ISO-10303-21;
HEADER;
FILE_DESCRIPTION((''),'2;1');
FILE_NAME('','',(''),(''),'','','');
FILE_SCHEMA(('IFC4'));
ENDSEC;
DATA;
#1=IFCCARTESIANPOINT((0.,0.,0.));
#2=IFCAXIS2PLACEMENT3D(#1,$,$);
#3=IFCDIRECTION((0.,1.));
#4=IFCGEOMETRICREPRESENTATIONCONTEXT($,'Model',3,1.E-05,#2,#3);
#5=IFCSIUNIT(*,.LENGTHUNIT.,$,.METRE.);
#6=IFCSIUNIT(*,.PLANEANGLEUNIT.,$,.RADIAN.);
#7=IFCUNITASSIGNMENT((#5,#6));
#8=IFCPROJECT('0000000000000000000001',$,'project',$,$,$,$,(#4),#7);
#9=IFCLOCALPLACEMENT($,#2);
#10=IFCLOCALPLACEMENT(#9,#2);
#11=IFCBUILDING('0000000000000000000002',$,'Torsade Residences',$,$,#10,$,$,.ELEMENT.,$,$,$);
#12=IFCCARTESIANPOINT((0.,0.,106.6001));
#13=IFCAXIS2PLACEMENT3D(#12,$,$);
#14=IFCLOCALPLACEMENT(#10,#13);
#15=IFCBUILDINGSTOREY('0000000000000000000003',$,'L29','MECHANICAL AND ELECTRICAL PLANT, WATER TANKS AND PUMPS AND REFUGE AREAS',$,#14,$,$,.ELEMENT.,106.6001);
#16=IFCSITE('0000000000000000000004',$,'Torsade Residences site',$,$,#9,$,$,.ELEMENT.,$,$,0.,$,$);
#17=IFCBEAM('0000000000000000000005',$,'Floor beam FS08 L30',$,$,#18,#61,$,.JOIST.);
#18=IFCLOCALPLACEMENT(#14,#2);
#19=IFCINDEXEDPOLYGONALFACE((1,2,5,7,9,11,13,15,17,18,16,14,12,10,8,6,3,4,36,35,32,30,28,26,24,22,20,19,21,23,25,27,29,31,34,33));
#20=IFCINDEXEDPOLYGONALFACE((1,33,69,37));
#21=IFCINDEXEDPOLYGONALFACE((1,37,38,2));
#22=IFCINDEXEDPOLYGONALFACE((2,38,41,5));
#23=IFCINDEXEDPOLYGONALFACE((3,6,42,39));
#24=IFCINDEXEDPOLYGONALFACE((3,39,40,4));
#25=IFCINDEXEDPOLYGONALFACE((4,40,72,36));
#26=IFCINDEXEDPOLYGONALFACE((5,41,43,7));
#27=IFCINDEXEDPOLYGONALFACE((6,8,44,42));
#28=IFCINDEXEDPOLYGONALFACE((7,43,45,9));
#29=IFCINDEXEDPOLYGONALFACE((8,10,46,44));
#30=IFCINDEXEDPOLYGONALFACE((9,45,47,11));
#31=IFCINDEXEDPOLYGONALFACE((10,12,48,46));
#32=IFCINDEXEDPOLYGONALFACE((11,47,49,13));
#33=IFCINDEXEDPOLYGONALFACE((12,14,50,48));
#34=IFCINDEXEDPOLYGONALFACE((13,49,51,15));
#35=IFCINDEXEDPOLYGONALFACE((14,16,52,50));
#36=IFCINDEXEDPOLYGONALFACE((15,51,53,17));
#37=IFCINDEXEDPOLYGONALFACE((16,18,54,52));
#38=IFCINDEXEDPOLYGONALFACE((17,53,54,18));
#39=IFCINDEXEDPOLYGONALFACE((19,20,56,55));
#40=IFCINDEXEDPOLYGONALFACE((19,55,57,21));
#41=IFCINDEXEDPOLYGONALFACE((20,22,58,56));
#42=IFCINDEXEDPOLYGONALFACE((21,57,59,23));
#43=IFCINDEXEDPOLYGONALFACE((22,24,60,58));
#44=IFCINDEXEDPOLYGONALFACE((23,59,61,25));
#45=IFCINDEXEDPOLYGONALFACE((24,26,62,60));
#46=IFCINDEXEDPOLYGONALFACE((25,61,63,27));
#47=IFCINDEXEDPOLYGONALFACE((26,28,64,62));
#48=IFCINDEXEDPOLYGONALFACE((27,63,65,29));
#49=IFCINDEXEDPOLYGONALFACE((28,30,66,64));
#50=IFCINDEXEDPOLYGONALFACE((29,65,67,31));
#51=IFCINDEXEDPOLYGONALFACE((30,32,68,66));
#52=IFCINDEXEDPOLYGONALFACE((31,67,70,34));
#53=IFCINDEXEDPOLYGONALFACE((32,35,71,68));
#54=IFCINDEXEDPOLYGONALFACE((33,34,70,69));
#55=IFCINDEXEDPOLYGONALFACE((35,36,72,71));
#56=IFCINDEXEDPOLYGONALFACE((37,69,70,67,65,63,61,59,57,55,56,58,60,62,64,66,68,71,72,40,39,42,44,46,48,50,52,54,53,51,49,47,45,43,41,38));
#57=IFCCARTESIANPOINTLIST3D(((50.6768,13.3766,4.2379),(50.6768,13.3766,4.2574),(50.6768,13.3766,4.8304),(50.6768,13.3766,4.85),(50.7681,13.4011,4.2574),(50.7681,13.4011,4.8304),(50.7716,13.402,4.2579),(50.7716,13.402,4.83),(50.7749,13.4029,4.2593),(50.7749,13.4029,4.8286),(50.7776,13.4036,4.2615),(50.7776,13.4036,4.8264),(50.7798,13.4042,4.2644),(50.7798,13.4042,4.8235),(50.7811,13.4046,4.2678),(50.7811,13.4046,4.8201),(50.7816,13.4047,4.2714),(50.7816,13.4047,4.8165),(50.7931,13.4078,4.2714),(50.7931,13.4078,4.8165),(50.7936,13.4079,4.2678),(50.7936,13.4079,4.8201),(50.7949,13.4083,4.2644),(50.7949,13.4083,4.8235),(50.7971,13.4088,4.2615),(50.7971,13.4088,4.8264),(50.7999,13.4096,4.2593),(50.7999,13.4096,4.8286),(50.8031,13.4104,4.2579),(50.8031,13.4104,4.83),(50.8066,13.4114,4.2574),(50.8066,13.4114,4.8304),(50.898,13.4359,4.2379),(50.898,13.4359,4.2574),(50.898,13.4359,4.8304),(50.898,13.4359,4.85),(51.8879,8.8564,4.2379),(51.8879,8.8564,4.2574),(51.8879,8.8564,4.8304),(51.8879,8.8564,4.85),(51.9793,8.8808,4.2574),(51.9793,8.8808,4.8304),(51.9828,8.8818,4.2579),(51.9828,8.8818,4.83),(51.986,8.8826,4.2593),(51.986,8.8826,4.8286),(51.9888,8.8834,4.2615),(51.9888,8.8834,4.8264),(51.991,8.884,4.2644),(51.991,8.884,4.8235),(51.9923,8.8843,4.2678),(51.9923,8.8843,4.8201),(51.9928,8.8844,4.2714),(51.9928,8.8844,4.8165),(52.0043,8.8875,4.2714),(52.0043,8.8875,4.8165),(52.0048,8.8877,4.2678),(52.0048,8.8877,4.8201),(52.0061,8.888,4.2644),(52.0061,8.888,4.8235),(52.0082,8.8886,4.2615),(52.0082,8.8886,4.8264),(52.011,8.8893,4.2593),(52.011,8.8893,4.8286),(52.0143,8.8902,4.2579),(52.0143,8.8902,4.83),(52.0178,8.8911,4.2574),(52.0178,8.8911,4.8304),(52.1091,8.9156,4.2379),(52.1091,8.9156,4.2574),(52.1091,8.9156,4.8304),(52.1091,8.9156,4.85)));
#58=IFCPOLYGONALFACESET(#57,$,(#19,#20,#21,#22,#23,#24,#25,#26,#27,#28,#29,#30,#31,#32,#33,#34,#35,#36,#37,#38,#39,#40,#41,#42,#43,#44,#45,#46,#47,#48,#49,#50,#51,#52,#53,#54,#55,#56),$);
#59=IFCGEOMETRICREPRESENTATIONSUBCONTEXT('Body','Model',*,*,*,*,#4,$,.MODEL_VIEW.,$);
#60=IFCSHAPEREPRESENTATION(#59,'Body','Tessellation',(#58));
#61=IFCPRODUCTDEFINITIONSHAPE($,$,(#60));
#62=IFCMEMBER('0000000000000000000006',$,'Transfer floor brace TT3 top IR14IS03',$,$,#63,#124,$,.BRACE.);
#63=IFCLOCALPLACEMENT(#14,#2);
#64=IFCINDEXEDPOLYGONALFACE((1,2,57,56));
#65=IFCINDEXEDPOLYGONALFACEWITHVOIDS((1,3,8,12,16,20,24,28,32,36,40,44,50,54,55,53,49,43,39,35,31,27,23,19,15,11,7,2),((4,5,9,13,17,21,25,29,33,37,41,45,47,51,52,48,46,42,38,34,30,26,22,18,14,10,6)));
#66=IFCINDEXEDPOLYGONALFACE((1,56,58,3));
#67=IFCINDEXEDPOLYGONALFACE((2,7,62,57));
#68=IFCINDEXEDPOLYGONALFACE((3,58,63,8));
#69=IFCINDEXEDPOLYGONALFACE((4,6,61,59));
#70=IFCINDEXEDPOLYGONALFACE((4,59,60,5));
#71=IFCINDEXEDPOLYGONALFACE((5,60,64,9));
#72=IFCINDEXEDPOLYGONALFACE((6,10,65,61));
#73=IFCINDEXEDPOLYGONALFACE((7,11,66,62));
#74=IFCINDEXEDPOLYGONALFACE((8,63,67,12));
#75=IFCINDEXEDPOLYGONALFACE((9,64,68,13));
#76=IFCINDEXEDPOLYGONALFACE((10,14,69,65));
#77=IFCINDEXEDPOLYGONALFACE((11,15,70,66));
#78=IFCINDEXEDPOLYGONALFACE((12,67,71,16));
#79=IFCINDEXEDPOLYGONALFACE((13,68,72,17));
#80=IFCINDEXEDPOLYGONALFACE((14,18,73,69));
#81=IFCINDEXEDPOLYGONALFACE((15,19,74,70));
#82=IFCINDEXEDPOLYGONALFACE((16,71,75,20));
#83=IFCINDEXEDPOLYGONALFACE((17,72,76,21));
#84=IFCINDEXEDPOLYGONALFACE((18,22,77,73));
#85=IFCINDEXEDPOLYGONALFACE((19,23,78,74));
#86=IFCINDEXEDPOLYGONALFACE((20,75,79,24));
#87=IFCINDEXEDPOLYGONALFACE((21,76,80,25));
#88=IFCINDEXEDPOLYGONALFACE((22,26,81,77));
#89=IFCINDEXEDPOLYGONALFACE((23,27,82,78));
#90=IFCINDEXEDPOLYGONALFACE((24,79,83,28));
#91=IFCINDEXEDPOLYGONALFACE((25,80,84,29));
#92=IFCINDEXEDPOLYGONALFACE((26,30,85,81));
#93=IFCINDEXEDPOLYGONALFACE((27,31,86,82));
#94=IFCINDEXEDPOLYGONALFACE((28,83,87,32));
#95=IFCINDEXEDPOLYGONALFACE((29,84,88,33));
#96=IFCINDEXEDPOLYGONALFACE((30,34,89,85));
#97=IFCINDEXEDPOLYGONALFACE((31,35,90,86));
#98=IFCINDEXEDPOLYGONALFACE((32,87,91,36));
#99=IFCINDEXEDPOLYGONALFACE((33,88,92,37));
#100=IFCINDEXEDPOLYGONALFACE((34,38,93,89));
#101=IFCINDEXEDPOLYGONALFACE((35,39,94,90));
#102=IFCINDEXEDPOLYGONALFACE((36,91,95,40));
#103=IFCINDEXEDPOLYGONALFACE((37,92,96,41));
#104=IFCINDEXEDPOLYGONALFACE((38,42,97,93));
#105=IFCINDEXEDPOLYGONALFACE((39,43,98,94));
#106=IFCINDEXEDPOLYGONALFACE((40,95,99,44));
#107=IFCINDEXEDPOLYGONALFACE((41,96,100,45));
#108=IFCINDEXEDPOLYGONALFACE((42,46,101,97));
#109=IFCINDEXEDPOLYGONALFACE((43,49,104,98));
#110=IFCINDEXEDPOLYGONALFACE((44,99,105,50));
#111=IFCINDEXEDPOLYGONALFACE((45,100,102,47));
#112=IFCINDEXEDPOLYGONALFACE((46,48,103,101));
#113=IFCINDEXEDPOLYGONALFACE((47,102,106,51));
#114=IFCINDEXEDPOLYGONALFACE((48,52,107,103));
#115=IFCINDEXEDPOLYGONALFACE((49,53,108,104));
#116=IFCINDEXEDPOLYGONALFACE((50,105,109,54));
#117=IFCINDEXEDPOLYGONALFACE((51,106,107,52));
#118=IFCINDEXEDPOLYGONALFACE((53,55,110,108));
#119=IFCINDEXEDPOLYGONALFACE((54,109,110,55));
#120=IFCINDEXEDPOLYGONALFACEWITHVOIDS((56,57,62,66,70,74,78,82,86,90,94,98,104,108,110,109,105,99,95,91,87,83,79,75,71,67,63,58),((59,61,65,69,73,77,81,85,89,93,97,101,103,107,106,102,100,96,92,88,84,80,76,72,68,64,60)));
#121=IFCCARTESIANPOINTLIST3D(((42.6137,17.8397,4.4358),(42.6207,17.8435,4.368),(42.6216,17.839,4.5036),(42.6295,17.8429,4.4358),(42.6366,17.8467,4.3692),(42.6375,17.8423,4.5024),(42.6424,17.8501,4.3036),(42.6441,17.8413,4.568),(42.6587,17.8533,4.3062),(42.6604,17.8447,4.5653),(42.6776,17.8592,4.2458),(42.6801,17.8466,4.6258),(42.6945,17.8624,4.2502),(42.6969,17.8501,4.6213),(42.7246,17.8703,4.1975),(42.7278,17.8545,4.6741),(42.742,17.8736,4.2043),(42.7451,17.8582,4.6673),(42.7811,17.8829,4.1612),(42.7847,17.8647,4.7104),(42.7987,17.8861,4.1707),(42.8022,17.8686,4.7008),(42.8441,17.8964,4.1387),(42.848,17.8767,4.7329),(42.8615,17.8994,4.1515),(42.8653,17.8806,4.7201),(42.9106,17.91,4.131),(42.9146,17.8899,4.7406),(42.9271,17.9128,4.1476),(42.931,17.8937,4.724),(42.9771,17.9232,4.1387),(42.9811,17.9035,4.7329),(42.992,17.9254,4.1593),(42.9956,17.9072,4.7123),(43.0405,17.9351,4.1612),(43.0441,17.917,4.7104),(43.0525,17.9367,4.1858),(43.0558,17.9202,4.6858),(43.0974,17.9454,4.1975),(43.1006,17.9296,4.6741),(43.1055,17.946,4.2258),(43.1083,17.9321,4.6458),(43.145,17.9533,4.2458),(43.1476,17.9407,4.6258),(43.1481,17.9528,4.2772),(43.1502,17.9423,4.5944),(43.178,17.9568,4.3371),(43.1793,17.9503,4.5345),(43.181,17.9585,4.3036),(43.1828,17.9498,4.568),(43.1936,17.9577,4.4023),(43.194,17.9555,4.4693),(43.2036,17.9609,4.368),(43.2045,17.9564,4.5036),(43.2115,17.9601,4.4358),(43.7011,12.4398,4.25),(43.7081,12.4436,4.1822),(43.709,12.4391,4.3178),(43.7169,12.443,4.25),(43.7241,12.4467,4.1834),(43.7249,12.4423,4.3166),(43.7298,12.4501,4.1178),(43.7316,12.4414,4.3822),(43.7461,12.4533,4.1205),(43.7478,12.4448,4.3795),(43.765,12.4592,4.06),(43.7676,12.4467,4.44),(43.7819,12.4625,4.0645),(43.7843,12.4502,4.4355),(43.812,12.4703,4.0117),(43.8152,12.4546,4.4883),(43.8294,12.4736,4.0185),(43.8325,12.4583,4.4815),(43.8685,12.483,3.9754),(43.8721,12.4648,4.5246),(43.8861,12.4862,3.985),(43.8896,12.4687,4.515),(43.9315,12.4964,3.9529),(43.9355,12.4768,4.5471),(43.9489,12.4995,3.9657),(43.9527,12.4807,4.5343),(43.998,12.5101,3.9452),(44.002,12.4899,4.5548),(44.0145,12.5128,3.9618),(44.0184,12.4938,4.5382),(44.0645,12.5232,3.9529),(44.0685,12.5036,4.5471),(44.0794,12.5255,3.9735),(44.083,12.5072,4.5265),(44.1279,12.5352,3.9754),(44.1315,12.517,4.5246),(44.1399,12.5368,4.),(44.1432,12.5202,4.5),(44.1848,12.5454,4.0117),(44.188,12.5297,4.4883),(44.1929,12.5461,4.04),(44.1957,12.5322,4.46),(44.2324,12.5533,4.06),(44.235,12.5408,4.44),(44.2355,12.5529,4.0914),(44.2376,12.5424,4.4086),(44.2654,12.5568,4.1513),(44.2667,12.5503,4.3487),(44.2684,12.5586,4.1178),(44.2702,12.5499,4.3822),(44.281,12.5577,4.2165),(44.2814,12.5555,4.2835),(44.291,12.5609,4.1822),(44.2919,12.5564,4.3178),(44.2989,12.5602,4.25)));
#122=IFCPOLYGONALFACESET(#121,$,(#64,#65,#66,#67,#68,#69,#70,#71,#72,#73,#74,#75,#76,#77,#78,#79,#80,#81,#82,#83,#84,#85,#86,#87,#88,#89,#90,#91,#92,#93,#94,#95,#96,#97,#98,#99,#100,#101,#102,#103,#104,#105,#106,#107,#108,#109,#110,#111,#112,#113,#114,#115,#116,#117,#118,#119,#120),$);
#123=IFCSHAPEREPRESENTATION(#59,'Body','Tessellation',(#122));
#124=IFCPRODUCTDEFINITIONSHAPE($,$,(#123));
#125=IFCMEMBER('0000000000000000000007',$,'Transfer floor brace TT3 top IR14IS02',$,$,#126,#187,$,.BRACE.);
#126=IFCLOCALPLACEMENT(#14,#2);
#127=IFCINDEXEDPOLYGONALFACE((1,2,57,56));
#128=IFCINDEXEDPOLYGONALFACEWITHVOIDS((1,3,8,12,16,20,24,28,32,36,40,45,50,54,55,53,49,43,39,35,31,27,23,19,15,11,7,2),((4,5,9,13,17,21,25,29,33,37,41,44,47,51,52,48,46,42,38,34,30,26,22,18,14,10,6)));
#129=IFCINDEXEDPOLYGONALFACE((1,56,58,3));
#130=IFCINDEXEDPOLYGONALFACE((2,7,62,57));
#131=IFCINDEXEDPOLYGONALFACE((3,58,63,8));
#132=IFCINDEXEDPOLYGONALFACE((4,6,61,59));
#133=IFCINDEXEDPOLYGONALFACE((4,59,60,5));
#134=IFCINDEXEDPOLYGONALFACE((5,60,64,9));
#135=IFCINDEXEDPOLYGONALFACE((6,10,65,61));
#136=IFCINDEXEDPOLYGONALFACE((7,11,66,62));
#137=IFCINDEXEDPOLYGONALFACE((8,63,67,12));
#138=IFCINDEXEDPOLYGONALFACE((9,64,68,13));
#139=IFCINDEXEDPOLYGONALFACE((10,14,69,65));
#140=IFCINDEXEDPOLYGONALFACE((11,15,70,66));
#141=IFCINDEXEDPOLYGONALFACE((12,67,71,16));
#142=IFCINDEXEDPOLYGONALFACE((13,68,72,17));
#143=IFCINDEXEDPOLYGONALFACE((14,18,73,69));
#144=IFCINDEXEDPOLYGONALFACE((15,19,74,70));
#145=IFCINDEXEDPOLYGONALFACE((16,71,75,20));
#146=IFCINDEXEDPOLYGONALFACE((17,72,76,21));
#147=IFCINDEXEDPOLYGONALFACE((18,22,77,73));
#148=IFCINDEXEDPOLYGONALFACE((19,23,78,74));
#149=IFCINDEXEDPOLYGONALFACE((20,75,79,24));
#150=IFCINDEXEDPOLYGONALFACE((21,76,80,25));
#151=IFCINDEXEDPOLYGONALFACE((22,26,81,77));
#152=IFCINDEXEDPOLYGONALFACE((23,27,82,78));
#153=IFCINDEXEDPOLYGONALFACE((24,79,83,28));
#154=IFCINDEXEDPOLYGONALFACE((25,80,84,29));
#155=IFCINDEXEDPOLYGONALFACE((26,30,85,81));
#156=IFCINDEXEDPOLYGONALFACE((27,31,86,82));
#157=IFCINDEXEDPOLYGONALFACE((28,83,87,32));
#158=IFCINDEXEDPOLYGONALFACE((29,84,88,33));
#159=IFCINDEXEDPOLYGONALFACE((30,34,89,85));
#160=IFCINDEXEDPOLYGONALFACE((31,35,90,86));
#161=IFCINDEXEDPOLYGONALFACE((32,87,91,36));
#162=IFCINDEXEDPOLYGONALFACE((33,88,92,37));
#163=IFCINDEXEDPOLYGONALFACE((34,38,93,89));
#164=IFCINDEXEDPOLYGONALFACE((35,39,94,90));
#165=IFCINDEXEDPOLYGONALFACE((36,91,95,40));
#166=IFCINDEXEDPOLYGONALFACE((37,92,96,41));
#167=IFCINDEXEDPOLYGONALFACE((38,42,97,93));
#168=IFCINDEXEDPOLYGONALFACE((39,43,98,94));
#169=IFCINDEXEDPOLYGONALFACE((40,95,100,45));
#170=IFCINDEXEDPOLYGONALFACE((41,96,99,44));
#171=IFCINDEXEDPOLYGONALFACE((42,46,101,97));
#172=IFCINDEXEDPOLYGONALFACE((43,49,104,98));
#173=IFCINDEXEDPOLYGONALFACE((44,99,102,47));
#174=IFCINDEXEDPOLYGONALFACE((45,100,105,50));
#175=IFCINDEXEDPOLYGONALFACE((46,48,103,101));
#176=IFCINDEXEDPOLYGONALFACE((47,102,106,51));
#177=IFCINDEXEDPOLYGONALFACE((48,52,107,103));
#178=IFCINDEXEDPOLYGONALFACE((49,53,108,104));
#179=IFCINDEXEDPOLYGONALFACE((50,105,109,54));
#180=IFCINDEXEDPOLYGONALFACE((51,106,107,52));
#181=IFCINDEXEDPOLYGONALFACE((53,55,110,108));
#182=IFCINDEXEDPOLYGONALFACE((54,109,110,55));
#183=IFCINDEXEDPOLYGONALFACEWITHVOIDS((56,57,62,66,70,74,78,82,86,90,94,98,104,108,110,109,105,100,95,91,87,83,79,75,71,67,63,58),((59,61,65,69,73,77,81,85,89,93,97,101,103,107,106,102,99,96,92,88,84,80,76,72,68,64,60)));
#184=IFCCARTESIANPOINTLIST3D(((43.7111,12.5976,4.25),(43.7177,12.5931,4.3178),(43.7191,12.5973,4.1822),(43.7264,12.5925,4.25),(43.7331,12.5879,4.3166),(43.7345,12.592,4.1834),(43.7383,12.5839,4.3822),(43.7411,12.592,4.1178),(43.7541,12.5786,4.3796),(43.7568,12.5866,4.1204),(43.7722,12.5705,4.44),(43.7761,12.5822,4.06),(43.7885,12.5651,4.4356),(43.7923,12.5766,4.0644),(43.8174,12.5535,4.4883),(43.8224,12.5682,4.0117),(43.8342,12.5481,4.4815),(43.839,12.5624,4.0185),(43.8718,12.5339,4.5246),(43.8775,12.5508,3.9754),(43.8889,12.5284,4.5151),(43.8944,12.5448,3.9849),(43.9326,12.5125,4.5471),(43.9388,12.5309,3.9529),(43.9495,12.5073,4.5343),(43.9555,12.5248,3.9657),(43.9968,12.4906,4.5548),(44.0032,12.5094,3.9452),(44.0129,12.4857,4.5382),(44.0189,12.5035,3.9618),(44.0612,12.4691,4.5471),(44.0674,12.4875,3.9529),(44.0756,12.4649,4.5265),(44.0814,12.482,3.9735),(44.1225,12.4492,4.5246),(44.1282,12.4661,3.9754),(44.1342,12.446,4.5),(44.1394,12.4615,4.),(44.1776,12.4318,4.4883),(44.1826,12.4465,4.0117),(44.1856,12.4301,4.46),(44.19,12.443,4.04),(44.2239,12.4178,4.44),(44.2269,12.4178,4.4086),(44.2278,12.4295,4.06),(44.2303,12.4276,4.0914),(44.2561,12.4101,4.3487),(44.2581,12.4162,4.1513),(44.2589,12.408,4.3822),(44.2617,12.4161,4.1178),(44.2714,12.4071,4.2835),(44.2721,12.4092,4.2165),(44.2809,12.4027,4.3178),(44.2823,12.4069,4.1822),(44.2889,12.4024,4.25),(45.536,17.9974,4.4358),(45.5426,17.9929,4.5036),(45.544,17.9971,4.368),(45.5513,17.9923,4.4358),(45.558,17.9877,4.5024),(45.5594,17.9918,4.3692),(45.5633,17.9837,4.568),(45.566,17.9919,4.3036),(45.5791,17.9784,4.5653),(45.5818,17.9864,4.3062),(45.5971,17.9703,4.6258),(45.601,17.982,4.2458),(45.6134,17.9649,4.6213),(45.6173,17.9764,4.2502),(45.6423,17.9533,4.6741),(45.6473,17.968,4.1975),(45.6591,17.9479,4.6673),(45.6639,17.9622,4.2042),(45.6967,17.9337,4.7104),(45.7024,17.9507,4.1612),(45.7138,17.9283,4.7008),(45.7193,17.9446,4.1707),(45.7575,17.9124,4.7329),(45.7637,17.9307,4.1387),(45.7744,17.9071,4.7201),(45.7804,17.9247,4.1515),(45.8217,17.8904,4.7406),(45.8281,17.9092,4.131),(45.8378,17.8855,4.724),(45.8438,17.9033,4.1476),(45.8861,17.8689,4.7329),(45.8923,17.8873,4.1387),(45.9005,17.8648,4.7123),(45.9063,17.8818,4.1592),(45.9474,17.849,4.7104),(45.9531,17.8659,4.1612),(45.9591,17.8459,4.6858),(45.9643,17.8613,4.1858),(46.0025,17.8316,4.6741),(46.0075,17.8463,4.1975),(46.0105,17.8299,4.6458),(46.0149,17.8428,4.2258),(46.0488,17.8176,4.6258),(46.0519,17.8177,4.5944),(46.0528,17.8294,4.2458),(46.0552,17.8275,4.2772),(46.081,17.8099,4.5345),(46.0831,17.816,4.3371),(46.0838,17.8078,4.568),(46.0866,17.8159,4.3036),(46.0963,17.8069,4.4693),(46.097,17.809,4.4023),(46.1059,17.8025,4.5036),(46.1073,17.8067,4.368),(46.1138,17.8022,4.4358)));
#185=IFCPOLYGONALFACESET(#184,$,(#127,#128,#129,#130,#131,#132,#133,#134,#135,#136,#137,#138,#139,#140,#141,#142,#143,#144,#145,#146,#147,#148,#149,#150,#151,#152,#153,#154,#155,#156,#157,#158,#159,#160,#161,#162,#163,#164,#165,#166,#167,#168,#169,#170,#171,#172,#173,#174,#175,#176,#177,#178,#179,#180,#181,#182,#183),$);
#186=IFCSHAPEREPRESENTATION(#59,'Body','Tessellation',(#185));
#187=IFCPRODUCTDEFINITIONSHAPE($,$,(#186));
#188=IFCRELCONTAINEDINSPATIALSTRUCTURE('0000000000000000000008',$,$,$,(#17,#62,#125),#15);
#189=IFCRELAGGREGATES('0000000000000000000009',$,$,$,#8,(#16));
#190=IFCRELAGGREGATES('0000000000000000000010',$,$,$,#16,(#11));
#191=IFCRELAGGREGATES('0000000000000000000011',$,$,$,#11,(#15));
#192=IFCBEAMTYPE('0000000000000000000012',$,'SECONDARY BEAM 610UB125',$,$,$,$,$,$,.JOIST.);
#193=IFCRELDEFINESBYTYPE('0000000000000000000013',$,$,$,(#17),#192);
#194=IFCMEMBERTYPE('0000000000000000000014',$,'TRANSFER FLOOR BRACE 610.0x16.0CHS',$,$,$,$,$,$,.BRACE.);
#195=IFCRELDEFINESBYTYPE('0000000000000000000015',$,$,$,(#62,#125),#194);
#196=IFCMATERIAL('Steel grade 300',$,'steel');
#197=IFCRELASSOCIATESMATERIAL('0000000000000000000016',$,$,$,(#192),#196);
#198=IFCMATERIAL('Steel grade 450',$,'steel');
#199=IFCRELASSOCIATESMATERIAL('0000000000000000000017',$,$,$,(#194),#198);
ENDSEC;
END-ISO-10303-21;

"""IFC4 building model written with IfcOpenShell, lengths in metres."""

from ifc_helpers import new_model, si_unit, direction, frame, origin, origin_2d, place, context, subcontext, project, spatial, hollow_circle, i_section, extrude, material, material_profile, profile_set, type_object, element, save


model = new_model("IFC4")

# Units and contexts
model_context = context("Model", 3, precision=1e-05, world=origin(), true_north=direction((0.0, 1.0)))
body_context = subcontext(model_context, "Body", "Model", "MODEL_VIEW")
ifc_project = project(units=[si_unit("LENGTHUNIT", "METRE"), si_unit("PLANEANGLEUNIT", "RADIAN")], contexts=[model_context])

# Site, building, storey
site_placement = place(None, origin())
site = spatial("IfcSite", under=ifc_project, at=site_placement, Name="Torsade Residences site", CompositionType="ELEMENT", RefElevation=0.0)
building_placement = place(site_placement, origin())
building = spatial("IfcBuilding", under=site, at=building_placement, Name="Torsade Residences", CompositionType="ELEMENT")
storey_placement = place(building_placement, frame((0.0, 0.0, 106.6001)))
storey = spatial("IfcBuildingStorey", under=building, at=storey_placement, Name="L29", Description="MECHANICAL AND ELECTRICAL PLANT, WATER TANKS AND PUMPS AND REFUGE AREAS", CompositionType="ELEMENT", Elevation=106.6001)

# Beam
ifc_material_1 = material(Name="Steel grade 300", Category="steel")
ifc_material_profile_1 = material_profile(ifc_material_1, i_section(OverallWidth=0.229, OverallDepth=0.6121, WebThickness=0.012, FlangeThickness=0.0195, FilletRadius=0.0139, at=origin_2d()), Name="610UB125")
ifc_profile_set_1 = profile_set([ifc_material_profile_1], Name="Steel grade 300")
beam_type_1 = type_object("IfcBeamType", Name="SECONDARY BEAM 610UB125", PredefinedType="JOIST", material=ifc_profile_set_1)
beam_1_placement = place(storey_placement, frame((51.9985, 8.886, 4.5439), z_axis=(-0.258815, 0.965927, 0.0), x_axis=(-0.965927, -0.258815, 0.0)))
element("IfcBeam", 1, at=beam_1_placement, inside=storey, type_object=beam_type_1, Name="Floor beam FS08 L30", PredefinedType="JOIST", context=body_context, shape_type="SweptSolid", body=[
    extrude(i_section(OverallWidth=0.229, OverallDepth=0.6121, WebThickness=0.012, FlangeThickness=0.0195, FilletRadius=0.0139, at=origin_2d()), origin(), (0.0, 0.0, 1.0), 4.6797),
])

# Members
ifc_material_2 = material(Name="Steel grade 450", Category="steel")
ifc_material_profile_2 = material_profile(ifc_material_2, hollow_circle(Radius=0.3049, WallThickness=0.0161, at=origin_2d()), Name="610.0x16.0CHS")
ifc_profile_set_2 = profile_set([ifc_material_profile_2], Name="Steel grade 450")
member_type_1 = type_object("IfcMemberType", Name="TRANSFER FLOOR BRACE 610.0x16.0CHS", PredefinedType="BRACE", material=ifc_profile_set_2)
member_1_placement = place(storey_placement, frame((44.0, 12.5, 4.25), z_axis=(-0.197299, 0.979764, 0.03371), x_axis=(-0.980321, -0.197412, 0.0)))
element("IfcMember", 2, at=member_1_placement, inside=storey, type_object=member_type_1, Name="Transfer floor brace TT3 top IR14IS03", PredefinedType="BRACE", context=body_context, shape_type="SweptSolid", body=[
    extrude(hollow_circle(Radius=0.3049, WallThickness=0.0161, at=origin_2d()), origin(), (0.0, 0.0, 1.0), 5.5115),
])
member_2_placement = place(storey_placement, frame((44.0, 12.5, 4.25), z_axis=(0.32, 0.946857, 0.032578), x_axis=(-0.94736, 0.32017, 0.0)))
element("IfcMember", 3, at=member_2_placement, inside=storey, type_object=member_type_1, Name="Transfer floor brace TT3 top IR14IS02", PredefinedType="BRACE", context=body_context, shape_type="SweptSolid", body=[
    extrude(hollow_circle(Radius=0.3049, WallThickness=0.0161, at=origin_2d()), origin(), (0.0, 0.0, 1.0), 5.7029),
])

save(model, "model.ifc")
